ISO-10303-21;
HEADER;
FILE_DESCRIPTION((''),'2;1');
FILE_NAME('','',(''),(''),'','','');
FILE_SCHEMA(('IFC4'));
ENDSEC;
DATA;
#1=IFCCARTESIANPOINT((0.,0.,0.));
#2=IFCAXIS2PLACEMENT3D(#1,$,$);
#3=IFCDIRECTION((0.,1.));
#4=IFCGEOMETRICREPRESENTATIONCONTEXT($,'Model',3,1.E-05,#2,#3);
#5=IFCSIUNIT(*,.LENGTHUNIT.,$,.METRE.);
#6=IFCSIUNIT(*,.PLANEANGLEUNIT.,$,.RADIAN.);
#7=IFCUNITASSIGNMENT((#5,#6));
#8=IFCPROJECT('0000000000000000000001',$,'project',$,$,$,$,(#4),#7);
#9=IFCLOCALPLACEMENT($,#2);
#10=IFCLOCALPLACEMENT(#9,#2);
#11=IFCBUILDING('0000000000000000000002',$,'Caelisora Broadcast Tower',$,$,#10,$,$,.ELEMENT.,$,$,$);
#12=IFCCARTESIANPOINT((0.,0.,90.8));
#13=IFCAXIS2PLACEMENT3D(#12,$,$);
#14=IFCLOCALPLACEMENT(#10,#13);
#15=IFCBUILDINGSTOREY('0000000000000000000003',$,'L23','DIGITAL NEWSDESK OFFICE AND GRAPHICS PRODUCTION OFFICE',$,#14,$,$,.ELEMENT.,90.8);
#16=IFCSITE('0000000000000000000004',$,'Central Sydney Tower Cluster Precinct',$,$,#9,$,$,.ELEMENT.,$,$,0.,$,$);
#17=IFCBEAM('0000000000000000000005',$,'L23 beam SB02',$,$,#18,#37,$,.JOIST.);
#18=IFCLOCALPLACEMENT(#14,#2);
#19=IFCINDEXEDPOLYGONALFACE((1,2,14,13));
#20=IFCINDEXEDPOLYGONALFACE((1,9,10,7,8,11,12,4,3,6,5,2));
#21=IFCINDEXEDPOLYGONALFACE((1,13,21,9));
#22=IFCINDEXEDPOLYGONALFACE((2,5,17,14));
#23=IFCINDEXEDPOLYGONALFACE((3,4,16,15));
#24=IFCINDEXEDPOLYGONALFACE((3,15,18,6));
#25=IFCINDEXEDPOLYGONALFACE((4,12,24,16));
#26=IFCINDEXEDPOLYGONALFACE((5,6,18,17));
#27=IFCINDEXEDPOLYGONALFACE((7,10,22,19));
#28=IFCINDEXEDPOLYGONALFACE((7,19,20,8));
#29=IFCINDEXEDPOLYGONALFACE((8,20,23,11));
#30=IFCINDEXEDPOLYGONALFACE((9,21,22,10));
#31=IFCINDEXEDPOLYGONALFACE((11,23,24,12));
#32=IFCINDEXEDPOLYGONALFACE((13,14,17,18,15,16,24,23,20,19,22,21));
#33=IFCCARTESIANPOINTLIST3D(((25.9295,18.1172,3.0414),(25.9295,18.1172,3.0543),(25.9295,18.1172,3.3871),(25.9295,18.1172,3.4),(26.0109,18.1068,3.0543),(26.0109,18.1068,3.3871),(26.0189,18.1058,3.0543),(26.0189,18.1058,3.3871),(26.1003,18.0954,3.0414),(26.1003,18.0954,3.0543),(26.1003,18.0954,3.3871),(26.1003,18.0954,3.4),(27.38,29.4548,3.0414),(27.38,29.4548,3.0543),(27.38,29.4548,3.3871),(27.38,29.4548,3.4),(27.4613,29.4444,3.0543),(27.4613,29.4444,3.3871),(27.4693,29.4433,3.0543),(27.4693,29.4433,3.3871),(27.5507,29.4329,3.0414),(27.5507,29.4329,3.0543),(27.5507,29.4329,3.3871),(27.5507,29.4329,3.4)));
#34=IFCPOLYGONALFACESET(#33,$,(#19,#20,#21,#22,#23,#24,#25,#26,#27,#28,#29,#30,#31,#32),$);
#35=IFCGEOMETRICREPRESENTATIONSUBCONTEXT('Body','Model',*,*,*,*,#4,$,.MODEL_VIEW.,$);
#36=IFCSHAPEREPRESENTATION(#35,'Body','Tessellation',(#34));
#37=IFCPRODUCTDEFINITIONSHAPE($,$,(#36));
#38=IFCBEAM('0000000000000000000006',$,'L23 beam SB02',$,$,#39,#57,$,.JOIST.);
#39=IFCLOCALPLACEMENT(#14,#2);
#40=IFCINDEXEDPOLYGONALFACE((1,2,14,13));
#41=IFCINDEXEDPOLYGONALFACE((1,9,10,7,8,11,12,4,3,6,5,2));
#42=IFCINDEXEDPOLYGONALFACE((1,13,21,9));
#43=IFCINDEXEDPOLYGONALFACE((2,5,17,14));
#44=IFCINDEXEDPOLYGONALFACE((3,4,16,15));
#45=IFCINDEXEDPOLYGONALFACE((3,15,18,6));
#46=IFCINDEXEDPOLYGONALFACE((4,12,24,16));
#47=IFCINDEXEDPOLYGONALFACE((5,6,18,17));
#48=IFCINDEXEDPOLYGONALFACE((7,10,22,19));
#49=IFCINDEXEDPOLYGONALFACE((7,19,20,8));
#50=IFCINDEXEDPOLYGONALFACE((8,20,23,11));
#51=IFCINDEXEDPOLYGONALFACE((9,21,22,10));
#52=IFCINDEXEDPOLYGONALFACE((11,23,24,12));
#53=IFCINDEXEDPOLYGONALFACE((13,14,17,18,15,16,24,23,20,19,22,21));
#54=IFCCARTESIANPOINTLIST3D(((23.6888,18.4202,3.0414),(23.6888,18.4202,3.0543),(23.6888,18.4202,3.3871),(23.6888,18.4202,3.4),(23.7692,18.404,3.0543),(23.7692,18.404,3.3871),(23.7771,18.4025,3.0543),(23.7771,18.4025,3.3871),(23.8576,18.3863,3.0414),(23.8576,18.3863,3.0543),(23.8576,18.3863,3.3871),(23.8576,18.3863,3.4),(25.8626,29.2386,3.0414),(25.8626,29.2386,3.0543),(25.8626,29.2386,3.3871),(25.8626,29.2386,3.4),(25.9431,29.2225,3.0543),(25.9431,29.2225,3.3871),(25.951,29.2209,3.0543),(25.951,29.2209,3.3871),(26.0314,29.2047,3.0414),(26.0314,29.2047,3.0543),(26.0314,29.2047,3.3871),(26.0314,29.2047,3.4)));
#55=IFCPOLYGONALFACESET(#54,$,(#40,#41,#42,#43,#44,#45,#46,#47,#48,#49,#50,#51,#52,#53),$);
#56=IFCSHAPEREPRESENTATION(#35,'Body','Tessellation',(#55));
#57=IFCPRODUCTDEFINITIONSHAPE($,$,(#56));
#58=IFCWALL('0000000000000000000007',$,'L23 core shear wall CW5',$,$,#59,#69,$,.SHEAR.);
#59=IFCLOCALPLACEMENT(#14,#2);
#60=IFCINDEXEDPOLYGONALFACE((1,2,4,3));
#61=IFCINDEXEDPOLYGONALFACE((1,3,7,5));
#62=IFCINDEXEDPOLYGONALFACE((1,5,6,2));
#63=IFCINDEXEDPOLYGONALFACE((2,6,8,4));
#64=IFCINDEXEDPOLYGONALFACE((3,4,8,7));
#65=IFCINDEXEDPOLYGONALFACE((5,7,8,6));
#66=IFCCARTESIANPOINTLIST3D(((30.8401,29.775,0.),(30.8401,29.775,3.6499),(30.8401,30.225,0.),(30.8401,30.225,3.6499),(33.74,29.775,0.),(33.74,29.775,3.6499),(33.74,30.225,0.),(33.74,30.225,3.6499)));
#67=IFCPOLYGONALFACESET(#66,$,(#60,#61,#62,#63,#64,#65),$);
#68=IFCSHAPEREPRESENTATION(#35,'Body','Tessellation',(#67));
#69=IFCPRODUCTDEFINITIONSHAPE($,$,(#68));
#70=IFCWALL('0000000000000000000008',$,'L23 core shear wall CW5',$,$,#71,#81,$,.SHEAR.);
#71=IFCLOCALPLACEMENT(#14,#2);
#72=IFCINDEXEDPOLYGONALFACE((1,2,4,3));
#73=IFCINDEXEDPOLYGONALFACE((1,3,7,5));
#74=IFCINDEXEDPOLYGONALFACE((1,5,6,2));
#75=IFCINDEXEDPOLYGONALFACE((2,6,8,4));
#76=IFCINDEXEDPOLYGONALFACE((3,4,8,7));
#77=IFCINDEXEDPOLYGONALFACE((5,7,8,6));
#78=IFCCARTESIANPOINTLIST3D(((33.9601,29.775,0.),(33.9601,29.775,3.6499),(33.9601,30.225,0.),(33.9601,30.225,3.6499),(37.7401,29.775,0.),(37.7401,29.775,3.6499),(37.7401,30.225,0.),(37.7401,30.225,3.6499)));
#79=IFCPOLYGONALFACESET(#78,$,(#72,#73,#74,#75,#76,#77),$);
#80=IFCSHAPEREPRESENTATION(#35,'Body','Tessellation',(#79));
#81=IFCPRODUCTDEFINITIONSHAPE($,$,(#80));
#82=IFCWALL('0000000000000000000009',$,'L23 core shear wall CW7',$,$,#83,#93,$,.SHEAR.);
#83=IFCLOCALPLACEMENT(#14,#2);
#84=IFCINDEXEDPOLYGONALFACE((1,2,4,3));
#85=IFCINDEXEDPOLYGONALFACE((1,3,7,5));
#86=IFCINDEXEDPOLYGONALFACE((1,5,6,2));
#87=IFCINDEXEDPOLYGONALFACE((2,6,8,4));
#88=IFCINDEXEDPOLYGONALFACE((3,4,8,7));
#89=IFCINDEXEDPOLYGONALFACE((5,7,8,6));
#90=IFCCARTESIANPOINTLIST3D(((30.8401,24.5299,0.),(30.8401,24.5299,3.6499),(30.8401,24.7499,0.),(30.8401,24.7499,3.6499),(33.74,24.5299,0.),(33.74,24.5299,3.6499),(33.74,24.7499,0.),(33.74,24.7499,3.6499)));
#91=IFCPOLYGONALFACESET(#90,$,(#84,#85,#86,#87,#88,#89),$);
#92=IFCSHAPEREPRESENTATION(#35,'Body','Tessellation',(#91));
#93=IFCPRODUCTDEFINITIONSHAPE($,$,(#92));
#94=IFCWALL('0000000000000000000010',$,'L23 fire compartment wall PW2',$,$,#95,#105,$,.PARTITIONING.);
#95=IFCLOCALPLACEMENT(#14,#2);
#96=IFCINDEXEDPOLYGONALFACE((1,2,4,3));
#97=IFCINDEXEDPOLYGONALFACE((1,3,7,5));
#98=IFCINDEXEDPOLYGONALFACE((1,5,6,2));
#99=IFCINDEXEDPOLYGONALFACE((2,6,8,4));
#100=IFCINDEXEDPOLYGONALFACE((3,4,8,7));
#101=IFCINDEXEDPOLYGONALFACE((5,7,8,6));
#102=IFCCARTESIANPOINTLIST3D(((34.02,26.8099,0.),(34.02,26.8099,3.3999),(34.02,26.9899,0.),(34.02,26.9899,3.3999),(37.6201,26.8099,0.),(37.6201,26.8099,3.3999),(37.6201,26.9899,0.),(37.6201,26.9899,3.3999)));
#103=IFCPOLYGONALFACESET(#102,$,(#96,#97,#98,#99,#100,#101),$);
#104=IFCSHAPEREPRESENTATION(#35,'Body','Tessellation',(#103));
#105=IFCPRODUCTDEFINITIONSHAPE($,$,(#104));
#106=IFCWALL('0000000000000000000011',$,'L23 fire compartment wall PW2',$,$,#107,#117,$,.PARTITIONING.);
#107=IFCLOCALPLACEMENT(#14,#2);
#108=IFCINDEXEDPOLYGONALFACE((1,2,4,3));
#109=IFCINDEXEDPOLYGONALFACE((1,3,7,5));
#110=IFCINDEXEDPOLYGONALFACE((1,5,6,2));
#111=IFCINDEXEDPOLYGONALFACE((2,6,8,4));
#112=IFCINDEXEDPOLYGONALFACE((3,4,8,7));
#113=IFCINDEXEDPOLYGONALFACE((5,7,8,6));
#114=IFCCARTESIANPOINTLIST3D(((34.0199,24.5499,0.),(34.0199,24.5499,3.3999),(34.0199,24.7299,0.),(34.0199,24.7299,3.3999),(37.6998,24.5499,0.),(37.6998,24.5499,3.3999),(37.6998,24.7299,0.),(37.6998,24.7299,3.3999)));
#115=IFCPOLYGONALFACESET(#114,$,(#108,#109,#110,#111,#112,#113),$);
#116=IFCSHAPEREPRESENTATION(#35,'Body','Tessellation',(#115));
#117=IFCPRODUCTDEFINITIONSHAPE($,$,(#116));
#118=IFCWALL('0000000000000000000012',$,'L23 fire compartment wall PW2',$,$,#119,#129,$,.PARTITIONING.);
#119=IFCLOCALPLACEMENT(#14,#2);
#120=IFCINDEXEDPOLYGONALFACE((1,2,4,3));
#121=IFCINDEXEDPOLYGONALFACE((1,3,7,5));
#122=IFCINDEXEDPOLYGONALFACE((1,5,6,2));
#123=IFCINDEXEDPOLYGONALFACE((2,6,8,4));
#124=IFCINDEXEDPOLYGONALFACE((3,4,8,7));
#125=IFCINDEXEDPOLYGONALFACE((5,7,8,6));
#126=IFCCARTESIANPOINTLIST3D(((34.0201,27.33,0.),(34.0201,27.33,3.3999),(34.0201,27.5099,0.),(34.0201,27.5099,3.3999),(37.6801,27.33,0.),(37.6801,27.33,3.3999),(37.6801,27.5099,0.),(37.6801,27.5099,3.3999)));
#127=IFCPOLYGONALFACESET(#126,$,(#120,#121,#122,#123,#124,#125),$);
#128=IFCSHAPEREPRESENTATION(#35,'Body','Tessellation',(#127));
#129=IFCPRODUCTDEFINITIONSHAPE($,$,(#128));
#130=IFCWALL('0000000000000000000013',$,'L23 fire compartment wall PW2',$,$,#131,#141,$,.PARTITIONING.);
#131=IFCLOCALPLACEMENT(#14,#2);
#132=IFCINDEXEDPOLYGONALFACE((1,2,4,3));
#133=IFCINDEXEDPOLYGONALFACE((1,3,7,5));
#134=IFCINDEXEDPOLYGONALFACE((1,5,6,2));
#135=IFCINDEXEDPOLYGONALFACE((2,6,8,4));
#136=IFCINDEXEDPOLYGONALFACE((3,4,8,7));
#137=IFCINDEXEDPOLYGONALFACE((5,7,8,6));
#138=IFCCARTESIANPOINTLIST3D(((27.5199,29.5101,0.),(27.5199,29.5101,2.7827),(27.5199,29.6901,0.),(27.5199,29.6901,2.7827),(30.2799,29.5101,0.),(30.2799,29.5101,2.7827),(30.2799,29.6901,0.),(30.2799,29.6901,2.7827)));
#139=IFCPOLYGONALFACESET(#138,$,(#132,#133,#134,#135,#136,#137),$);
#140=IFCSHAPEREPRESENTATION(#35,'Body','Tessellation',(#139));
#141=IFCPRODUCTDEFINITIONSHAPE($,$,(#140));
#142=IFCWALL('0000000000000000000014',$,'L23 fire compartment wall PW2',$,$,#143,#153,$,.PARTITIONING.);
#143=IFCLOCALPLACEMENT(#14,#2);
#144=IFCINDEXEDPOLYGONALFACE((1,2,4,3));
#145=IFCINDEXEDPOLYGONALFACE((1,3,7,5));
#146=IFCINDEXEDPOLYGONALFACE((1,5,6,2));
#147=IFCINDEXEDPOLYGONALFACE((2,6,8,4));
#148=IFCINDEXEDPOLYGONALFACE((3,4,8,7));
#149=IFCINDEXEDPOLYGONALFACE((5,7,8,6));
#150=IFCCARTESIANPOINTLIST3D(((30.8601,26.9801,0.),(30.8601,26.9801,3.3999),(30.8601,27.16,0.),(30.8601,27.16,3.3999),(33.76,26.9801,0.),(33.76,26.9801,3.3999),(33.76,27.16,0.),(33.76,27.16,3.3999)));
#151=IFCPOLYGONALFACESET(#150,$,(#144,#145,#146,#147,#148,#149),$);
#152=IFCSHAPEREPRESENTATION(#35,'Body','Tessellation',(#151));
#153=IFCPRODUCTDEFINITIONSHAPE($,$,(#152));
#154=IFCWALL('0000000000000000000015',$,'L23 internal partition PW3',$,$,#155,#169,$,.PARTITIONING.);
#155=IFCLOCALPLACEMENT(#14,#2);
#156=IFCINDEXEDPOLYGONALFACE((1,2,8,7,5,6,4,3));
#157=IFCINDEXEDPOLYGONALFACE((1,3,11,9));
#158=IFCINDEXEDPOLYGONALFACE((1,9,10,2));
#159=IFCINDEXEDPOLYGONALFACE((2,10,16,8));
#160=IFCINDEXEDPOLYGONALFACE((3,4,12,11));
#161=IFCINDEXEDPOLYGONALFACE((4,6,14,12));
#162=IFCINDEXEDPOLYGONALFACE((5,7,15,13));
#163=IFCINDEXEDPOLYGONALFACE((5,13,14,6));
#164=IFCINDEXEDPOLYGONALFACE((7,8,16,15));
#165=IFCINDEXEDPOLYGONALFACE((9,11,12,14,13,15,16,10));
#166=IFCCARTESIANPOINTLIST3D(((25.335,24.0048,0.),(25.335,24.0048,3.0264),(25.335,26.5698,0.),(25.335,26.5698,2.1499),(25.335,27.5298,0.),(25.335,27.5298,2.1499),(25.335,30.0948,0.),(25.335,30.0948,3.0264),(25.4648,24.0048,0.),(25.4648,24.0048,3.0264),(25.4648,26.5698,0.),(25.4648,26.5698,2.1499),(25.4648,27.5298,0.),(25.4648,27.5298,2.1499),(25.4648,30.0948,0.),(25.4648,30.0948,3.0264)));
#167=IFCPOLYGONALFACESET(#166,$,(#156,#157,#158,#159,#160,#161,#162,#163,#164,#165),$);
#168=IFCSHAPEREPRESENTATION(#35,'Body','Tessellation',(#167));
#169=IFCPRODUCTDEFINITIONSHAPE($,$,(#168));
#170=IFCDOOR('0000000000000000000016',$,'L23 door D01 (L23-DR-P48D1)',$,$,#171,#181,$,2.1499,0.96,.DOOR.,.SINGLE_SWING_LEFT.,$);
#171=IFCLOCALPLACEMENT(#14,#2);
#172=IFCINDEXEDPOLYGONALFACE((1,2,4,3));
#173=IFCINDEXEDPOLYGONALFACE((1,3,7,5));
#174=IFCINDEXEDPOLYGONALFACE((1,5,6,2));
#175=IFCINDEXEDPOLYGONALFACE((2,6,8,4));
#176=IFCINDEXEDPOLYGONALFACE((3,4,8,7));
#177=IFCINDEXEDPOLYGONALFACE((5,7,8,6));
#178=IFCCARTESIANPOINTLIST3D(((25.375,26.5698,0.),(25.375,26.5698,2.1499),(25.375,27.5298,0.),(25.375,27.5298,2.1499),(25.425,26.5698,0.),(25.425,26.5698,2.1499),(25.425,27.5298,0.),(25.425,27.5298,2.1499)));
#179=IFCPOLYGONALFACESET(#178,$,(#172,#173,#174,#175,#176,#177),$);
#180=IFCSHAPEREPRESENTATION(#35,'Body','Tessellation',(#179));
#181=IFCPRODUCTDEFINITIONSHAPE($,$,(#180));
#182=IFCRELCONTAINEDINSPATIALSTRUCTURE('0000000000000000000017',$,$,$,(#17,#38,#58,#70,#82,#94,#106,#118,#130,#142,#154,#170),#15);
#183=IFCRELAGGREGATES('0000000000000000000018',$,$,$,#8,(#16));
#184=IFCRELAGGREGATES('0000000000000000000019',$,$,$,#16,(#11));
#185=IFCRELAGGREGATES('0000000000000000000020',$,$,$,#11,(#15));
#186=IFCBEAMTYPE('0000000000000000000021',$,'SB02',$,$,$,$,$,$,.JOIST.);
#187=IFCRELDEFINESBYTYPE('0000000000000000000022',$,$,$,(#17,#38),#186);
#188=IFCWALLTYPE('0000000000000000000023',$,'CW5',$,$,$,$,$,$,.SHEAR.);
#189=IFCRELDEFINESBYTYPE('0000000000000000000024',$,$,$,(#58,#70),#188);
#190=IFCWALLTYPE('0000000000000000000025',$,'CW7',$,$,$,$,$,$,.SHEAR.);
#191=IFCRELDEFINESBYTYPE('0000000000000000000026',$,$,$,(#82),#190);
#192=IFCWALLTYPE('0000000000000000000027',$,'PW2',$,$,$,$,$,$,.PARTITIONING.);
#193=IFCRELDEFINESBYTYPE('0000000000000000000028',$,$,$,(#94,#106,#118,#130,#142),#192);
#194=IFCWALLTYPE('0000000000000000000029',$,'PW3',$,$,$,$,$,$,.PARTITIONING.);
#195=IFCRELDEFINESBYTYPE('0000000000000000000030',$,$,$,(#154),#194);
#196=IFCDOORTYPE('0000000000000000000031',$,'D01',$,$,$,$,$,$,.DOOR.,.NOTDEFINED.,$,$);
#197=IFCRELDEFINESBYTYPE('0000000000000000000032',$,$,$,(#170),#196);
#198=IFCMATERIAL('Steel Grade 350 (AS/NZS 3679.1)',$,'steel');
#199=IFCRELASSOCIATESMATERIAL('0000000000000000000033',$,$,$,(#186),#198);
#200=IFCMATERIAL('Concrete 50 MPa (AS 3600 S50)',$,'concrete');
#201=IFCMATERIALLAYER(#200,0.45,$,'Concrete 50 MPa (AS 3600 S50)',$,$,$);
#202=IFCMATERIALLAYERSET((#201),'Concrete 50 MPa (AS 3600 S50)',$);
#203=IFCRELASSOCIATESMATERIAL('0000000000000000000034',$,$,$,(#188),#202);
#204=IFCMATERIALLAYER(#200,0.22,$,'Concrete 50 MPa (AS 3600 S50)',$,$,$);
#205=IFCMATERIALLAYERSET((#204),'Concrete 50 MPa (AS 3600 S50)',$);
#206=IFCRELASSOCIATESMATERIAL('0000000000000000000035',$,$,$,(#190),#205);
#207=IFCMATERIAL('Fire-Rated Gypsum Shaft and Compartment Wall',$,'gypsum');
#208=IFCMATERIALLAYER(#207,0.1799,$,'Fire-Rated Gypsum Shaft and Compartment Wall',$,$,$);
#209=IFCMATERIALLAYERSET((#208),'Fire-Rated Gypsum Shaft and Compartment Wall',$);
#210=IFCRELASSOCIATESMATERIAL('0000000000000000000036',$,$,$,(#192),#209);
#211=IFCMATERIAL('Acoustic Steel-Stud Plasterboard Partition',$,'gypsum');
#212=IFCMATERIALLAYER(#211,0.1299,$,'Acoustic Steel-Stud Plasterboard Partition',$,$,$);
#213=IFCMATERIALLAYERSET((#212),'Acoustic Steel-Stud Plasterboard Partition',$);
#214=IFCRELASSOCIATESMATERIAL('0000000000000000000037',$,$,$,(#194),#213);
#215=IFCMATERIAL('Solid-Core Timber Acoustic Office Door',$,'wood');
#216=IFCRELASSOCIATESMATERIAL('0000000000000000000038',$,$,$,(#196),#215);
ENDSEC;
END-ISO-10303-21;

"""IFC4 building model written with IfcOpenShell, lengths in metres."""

from ifc_helpers import new_model, si_unit, direction, frame, frame_2d, origin, origin_2d, place, context, subcontext, project, spatial, rectangle, i_section, extrude, source, transform, mapped, material, layer, layer_set, material_profile, profile_set, type_object, element, fill, save


model = new_model("IFC4")

# Units and contexts
model_context = context("Model", 3, precision=1e-05, world=origin(), true_north=direction((0.0, 1.0)))
body_context = subcontext(model_context, "Body", "Model", "MODEL_VIEW")
ifc_project = project(units=[si_unit("LENGTHUNIT", "METRE"), si_unit("PLANEANGLEUNIT", "RADIAN")], contexts=[model_context])

# Site, building, storey
site_placement = place(None, origin())
site = spatial("IfcSite", under=ifc_project, at=site_placement, Name="Central Sydney Tower Cluster Precinct", CompositionType="ELEMENT", RefElevation=0.0)
building_placement = place(site_placement, origin())
building = spatial("IfcBuilding", under=site, at=building_placement, Name="Caelisora Broadcast Tower", CompositionType="ELEMENT")
storey_placement = place(building_placement, frame((0.0, 0.0, 90.8)))
storey = spatial("IfcBuildingStorey", under=building, at=storey_placement, Name="L23", Description="DIGITAL NEWSDESK OFFICE AND GRAPHICS PRODUCTION OFFICE", CompositionType="ELEMENT", Elevation=90.8)

# Shared definitions
ifc_material_1 = material(Name="Steel Grade 350 (AS/NZS 3679.1)", Category="steel")

# Beams
ifc_material_2 = material(Name="Concrete 50 MPa (AS 3600 S50)", Category="concrete")
ifc_material_profile_1 = material_profile(ifc_material_1, i_section(OverallWidth=0.1721, OverallDepth=0.3586, WebThickness=0.0081, FlangeThickness=0.0129, at=origin_2d()), Name="Steel Grade 350 (AS/NZS 3679.1)")
ifc_profile_set_1 = profile_set([ifc_material_profile_1], Name="Steel Grade 350 (AS/NZS 3679.1)")
beam_type_1 = type_object("IfcBeamType", Name="SB02", PredefinedType="JOIST", material=ifc_profile_set_1)
shared_shape_1 = source(origin(), body_context, "Body", "SweptSolid", [
    extrude(i_section(OverallWidth=0.1721, OverallDepth=0.3586, WebThickness=0.0081, FlangeThickness=0.0129, at=origin_2d()), origin(), (0.0, 0.0, 1.0), 11.4299),
])
beam_1_placement = place(storey_placement, frame((27.4653, 29.4438, 3.2207), z_axis=(-0.126897, -0.991916, 0.0), x_axis=(0.991916, -0.126897, 0.0)))
element("IfcBeam", 1, at=beam_1_placement, inside=storey, type_object=beam_type_1, Name="L23 beam SB02", PredefinedType="JOIST", context=body_context, shape_type="MappedRepresentation", body=[
    mapped(shared_shape_1, transform((0.0, 0.0, 0.0), scale=1.0)),
])
shared_shape_2 = source(origin(), body_context, "Body", "SweptSolid", [
    extrude(i_section(OverallWidth=0.1721, OverallDepth=0.3586, WebThickness=0.0081, FlangeThickness=0.0129, at=origin_2d()), origin(), (0.0, 0.0, 1.0), 11.0347),
])
beam_2_placement = place(storey_placement, frame((25.947, 29.2217, 3.2207), z_axis=(-0.197001, -0.980403, 0.0), x_axis=(0.980403, -0.197001, 0.0)))
element("IfcBeam", 2, at=beam_2_placement, inside=storey, type_object=beam_type_1, Name="L23 beam SB02", PredefinedType="JOIST", context=body_context, shape_type="MappedRepresentation", body=[
    mapped(shared_shape_2, transform((0.0, 0.0, 0.0), scale=1.0)),
])

# Walls
ifc_layer_1 = layer(ifc_material_2, 0.45, Name="Concrete 50 MPa (AS 3600 S50)")
ifc_layer_set_1 = layer_set([ifc_layer_1], Name="Concrete 50 MPa (AS 3600 S50)")
wall_type_1 = type_object("IfcWallType", Name="CW5", PredefinedType="SHEAR", material=ifc_layer_set_1)
wall_1_placement = place(storey_placement, frame((30.8401, 30.0, 0.0), z_axis=(0.0, 0.0, 1.0), x_axis=(1.0, 0.0, 0.0)))
element("IfcWall", 3, at=wall_1_placement, inside=storey, type_object=wall_type_1, Name="L23 core shear wall CW5", PredefinedType="SHEAR", context=body_context, shape_type="SweptSolid", body=[
    extrude(rectangle(XDim=2.8999, YDim=0.45, at=frame_2d((1.45, 0.0))), origin(), (0.0, 0.0, 1.0), 3.6499),
])
wall_2_placement = place(storey_placement, frame((33.96, 30.0, 0.0), z_axis=(0.0, 0.0, 1.0), x_axis=(1.0, 0.0, 0.0)))
element("IfcWall", 4, at=wall_2_placement, inside=storey, type_object=wall_type_1, Name="L23 core shear wall CW5", PredefinedType="SHEAR", context=body_context, shape_type="SweptSolid", body=[
    extrude(rectangle(XDim=3.78, YDim=0.45, at=frame_2d((1.8901, 0.0))), origin(), (0.0, 0.0, 1.0), 3.6499),
])
ifc_layer_2 = layer(ifc_material_2, 0.22, Name="Concrete 50 MPa (AS 3600 S50)")
ifc_layer_set_2 = layer_set([ifc_layer_2], Name="Concrete 50 MPa (AS 3600 S50)")
wall_type_2 = type_object("IfcWallType", Name="CW7", PredefinedType="SHEAR", material=ifc_layer_set_2)
wall_3_placement = place(storey_placement, frame((30.8401, 24.6399, 0.0), z_axis=(0.0, 0.0, 1.0), x_axis=(1.0, 0.0, 0.0)))
element("IfcWall", 5, at=wall_3_placement, inside=storey, type_object=wall_type_2, Name="L23 core shear wall CW7", PredefinedType="SHEAR", context=body_context, shape_type="SweptSolid", body=[
    extrude(rectangle(XDim=2.8999, YDim=0.22, at=frame_2d((1.45, 0.0))), origin(), (0.0, 0.0, 1.0), 3.6499),
])
ifc_material_3 = material(Name="Fire-Rated Gypsum Shaft and Compartment Wall", Category="gypsum")
ifc_layer_3 = layer(ifc_material_3, 0.1799, Name="Fire-Rated Gypsum Shaft and Compartment Wall")
ifc_layer_set_3 = layer_set([ifc_layer_3], Name="Fire-Rated Gypsum Shaft and Compartment Wall")
wall_type_3 = type_object("IfcWallType", Name="PW2", PredefinedType="PARTITIONING", material=ifc_layer_set_3)
wall_4_placement = place(storey_placement, frame((34.02, 26.8999, 0.0), z_axis=(0.0, 0.0, 1.0), x_axis=(1.0, 0.0, 0.0)))
element("IfcWall", 6, at=wall_4_placement, inside=storey, type_object=wall_type_3, Name="L23 fire compartment wall PW2", PredefinedType="PARTITIONING", context=body_context, shape_type="SweptSolid", body=[
    extrude(rectangle(XDim=3.6001, YDim=0.1799, at=frame_2d((1.8, 0.0))), origin(), (0.0, 0.0, 1.0), 3.3999),
])
wall_5_placement = place(storey_placement, frame((34.02, 24.6399, 0.0), z_axis=(0.0, 0.0, 1.0), x_axis=(1.0, 0.0, 0.0)))
element("IfcWall", 7, at=wall_5_placement, inside=storey, type_object=wall_type_3, Name="L23 fire compartment wall PW2", PredefinedType="PARTITIONING", context=body_context, shape_type="SweptSolid", body=[
    extrude(rectangle(XDim=3.6799, YDim=0.1799, at=frame_2d((1.8398, 0.0))), origin(), (0.0, 0.0, 1.0), 3.3999),
])
wall_6_placement = place(storey_placement, frame((34.02, 27.4199, 0.0), z_axis=(0.0, 0.0, 1.0), x_axis=(1.0, 0.0, 0.0)))
element("IfcWall", 8, at=wall_6_placement, inside=storey, type_object=wall_type_3, Name="L23 fire compartment wall PW2", PredefinedType="PARTITIONING", context=body_context, shape_type="SweptSolid", body=[
    extrude(rectangle(XDim=3.6599, YDim=0.1799, at=frame_2d((1.8301, 0.0))), origin(), (0.0, 0.0, 1.0), 3.3999),
])
wall_7_placement = place(storey_placement, frame((27.52, 29.6001, 0.0), z_axis=(0.0, 0.0, 1.0), x_axis=(1.0, 0.0, 0.0)))
element("IfcWall", 9, at=wall_7_placement, inside=storey, type_object=wall_type_3, Name="L23 fire compartment wall PW2", PredefinedType="PARTITIONING", context=body_context, shape_type="SweptSolid", body=[
    extrude(rectangle(XDim=2.76, YDim=0.1799, at=frame_2d((1.3799, 0.0))), origin(), (0.0, 0.0, 1.0), 2.7827),
])
wall_8_placement = place(storey_placement, frame((30.8601, 27.0701, 0.0), z_axis=(0.0, 0.0, 1.0), x_axis=(1.0, 0.0, 0.0)))
element("IfcWall", 10, at=wall_8_placement, inside=storey, type_object=wall_type_3, Name="L23 fire compartment wall PW2", PredefinedType="PARTITIONING", context=body_context, shape_type="SweptSolid", body=[
    extrude(rectangle(XDim=2.8999, YDim=0.1799, at=frame_2d((1.45, 0.0))), origin(), (0.0, 0.0, 1.0), 3.3999),
])

# Wall, opening, door
ifc_material_4 = material(Name="Acoustic Steel-Stud Plasterboard Partition", Category="gypsum")
ifc_layer_4 = layer(ifc_material_4, 0.1299, Name="Acoustic Steel-Stud Plasterboard Partition")
ifc_layer_set_4 = layer_set([ifc_layer_4], Name="Acoustic Steel-Stud Plasterboard Partition")
wall_type_4 = type_object("IfcWallType", Name="PW3", PredefinedType="PARTITIONING", material=ifc_layer_set_4)
wall_9_placement = place(storey_placement, frame((25.3999, 24.0049, 0.0), z_axis=(0.0, 0.0, 1.0), x_axis=(0.0, 1.0, 0.0)))
wall_9 = element("IfcWall", 11, at=wall_9_placement, inside=storey, type_object=wall_type_4, Name="L23 internal partition PW3", PredefinedType="PARTITIONING", context=body_context, shape_type="SweptSolid", body=[
    extrude(rectangle(XDim=6.0901, YDim=0.1299, at=frame_2d((3.0449, 0.0))), origin(), (0.0, 0.0, 1.0), 3.0264),
])
opening_placement = place(wall_9_placement, frame((2.5649, 0.0, 0.0)))
opening = element("IfcOpeningElement", 12, at=opening_placement, cuts=wall_9, PredefinedType="OPENING", context=body_context, shape_type="SweptSolid", body=[
    extrude(rectangle(XDim=0.96, YDim=2.1499, at=frame_2d((0.48, 1.075))), frame((0.0, 0.0769, 0.0), z_axis=(0.0, -1.0, 0.0), x_axis=(1.0, 0.0, 0.0)), (0.0, 0.0, 1.0), 0.1538),
])
ifc_material_5 = material(Name="Solid-Core Timber Acoustic Office Door", Category="wood")
door_type = type_object("IfcDoorType", Name="D01", OperationType="NOTDEFINED", PredefinedType="DOOR", material=ifc_material_5)
door_placement = place(opening_placement, origin())
door = element("IfcDoor", 13, at=door_placement, inside=storey, type_object=door_type, Name="L23 door D01 (L23-DR-P48D1)", OperationType="SINGLE_SWING_LEFT", OverallHeight=2.1499, OverallWidth=0.96, PredefinedType="DOOR", context=body_context, shape_type="SweptSolid", body=[
    extrude(rectangle(XDim=0.96, YDim=2.1499, at=frame_2d((0.48, 1.075))), frame((0.0, 0.0249, 0.0), z_axis=(0.0, -1.0, 0.0), x_axis=(1.0, 0.0, 0.0)), (0.0, 0.0, 1.0), 0.05),
])
fill(opening, door)

save(model, "model.ifc")
